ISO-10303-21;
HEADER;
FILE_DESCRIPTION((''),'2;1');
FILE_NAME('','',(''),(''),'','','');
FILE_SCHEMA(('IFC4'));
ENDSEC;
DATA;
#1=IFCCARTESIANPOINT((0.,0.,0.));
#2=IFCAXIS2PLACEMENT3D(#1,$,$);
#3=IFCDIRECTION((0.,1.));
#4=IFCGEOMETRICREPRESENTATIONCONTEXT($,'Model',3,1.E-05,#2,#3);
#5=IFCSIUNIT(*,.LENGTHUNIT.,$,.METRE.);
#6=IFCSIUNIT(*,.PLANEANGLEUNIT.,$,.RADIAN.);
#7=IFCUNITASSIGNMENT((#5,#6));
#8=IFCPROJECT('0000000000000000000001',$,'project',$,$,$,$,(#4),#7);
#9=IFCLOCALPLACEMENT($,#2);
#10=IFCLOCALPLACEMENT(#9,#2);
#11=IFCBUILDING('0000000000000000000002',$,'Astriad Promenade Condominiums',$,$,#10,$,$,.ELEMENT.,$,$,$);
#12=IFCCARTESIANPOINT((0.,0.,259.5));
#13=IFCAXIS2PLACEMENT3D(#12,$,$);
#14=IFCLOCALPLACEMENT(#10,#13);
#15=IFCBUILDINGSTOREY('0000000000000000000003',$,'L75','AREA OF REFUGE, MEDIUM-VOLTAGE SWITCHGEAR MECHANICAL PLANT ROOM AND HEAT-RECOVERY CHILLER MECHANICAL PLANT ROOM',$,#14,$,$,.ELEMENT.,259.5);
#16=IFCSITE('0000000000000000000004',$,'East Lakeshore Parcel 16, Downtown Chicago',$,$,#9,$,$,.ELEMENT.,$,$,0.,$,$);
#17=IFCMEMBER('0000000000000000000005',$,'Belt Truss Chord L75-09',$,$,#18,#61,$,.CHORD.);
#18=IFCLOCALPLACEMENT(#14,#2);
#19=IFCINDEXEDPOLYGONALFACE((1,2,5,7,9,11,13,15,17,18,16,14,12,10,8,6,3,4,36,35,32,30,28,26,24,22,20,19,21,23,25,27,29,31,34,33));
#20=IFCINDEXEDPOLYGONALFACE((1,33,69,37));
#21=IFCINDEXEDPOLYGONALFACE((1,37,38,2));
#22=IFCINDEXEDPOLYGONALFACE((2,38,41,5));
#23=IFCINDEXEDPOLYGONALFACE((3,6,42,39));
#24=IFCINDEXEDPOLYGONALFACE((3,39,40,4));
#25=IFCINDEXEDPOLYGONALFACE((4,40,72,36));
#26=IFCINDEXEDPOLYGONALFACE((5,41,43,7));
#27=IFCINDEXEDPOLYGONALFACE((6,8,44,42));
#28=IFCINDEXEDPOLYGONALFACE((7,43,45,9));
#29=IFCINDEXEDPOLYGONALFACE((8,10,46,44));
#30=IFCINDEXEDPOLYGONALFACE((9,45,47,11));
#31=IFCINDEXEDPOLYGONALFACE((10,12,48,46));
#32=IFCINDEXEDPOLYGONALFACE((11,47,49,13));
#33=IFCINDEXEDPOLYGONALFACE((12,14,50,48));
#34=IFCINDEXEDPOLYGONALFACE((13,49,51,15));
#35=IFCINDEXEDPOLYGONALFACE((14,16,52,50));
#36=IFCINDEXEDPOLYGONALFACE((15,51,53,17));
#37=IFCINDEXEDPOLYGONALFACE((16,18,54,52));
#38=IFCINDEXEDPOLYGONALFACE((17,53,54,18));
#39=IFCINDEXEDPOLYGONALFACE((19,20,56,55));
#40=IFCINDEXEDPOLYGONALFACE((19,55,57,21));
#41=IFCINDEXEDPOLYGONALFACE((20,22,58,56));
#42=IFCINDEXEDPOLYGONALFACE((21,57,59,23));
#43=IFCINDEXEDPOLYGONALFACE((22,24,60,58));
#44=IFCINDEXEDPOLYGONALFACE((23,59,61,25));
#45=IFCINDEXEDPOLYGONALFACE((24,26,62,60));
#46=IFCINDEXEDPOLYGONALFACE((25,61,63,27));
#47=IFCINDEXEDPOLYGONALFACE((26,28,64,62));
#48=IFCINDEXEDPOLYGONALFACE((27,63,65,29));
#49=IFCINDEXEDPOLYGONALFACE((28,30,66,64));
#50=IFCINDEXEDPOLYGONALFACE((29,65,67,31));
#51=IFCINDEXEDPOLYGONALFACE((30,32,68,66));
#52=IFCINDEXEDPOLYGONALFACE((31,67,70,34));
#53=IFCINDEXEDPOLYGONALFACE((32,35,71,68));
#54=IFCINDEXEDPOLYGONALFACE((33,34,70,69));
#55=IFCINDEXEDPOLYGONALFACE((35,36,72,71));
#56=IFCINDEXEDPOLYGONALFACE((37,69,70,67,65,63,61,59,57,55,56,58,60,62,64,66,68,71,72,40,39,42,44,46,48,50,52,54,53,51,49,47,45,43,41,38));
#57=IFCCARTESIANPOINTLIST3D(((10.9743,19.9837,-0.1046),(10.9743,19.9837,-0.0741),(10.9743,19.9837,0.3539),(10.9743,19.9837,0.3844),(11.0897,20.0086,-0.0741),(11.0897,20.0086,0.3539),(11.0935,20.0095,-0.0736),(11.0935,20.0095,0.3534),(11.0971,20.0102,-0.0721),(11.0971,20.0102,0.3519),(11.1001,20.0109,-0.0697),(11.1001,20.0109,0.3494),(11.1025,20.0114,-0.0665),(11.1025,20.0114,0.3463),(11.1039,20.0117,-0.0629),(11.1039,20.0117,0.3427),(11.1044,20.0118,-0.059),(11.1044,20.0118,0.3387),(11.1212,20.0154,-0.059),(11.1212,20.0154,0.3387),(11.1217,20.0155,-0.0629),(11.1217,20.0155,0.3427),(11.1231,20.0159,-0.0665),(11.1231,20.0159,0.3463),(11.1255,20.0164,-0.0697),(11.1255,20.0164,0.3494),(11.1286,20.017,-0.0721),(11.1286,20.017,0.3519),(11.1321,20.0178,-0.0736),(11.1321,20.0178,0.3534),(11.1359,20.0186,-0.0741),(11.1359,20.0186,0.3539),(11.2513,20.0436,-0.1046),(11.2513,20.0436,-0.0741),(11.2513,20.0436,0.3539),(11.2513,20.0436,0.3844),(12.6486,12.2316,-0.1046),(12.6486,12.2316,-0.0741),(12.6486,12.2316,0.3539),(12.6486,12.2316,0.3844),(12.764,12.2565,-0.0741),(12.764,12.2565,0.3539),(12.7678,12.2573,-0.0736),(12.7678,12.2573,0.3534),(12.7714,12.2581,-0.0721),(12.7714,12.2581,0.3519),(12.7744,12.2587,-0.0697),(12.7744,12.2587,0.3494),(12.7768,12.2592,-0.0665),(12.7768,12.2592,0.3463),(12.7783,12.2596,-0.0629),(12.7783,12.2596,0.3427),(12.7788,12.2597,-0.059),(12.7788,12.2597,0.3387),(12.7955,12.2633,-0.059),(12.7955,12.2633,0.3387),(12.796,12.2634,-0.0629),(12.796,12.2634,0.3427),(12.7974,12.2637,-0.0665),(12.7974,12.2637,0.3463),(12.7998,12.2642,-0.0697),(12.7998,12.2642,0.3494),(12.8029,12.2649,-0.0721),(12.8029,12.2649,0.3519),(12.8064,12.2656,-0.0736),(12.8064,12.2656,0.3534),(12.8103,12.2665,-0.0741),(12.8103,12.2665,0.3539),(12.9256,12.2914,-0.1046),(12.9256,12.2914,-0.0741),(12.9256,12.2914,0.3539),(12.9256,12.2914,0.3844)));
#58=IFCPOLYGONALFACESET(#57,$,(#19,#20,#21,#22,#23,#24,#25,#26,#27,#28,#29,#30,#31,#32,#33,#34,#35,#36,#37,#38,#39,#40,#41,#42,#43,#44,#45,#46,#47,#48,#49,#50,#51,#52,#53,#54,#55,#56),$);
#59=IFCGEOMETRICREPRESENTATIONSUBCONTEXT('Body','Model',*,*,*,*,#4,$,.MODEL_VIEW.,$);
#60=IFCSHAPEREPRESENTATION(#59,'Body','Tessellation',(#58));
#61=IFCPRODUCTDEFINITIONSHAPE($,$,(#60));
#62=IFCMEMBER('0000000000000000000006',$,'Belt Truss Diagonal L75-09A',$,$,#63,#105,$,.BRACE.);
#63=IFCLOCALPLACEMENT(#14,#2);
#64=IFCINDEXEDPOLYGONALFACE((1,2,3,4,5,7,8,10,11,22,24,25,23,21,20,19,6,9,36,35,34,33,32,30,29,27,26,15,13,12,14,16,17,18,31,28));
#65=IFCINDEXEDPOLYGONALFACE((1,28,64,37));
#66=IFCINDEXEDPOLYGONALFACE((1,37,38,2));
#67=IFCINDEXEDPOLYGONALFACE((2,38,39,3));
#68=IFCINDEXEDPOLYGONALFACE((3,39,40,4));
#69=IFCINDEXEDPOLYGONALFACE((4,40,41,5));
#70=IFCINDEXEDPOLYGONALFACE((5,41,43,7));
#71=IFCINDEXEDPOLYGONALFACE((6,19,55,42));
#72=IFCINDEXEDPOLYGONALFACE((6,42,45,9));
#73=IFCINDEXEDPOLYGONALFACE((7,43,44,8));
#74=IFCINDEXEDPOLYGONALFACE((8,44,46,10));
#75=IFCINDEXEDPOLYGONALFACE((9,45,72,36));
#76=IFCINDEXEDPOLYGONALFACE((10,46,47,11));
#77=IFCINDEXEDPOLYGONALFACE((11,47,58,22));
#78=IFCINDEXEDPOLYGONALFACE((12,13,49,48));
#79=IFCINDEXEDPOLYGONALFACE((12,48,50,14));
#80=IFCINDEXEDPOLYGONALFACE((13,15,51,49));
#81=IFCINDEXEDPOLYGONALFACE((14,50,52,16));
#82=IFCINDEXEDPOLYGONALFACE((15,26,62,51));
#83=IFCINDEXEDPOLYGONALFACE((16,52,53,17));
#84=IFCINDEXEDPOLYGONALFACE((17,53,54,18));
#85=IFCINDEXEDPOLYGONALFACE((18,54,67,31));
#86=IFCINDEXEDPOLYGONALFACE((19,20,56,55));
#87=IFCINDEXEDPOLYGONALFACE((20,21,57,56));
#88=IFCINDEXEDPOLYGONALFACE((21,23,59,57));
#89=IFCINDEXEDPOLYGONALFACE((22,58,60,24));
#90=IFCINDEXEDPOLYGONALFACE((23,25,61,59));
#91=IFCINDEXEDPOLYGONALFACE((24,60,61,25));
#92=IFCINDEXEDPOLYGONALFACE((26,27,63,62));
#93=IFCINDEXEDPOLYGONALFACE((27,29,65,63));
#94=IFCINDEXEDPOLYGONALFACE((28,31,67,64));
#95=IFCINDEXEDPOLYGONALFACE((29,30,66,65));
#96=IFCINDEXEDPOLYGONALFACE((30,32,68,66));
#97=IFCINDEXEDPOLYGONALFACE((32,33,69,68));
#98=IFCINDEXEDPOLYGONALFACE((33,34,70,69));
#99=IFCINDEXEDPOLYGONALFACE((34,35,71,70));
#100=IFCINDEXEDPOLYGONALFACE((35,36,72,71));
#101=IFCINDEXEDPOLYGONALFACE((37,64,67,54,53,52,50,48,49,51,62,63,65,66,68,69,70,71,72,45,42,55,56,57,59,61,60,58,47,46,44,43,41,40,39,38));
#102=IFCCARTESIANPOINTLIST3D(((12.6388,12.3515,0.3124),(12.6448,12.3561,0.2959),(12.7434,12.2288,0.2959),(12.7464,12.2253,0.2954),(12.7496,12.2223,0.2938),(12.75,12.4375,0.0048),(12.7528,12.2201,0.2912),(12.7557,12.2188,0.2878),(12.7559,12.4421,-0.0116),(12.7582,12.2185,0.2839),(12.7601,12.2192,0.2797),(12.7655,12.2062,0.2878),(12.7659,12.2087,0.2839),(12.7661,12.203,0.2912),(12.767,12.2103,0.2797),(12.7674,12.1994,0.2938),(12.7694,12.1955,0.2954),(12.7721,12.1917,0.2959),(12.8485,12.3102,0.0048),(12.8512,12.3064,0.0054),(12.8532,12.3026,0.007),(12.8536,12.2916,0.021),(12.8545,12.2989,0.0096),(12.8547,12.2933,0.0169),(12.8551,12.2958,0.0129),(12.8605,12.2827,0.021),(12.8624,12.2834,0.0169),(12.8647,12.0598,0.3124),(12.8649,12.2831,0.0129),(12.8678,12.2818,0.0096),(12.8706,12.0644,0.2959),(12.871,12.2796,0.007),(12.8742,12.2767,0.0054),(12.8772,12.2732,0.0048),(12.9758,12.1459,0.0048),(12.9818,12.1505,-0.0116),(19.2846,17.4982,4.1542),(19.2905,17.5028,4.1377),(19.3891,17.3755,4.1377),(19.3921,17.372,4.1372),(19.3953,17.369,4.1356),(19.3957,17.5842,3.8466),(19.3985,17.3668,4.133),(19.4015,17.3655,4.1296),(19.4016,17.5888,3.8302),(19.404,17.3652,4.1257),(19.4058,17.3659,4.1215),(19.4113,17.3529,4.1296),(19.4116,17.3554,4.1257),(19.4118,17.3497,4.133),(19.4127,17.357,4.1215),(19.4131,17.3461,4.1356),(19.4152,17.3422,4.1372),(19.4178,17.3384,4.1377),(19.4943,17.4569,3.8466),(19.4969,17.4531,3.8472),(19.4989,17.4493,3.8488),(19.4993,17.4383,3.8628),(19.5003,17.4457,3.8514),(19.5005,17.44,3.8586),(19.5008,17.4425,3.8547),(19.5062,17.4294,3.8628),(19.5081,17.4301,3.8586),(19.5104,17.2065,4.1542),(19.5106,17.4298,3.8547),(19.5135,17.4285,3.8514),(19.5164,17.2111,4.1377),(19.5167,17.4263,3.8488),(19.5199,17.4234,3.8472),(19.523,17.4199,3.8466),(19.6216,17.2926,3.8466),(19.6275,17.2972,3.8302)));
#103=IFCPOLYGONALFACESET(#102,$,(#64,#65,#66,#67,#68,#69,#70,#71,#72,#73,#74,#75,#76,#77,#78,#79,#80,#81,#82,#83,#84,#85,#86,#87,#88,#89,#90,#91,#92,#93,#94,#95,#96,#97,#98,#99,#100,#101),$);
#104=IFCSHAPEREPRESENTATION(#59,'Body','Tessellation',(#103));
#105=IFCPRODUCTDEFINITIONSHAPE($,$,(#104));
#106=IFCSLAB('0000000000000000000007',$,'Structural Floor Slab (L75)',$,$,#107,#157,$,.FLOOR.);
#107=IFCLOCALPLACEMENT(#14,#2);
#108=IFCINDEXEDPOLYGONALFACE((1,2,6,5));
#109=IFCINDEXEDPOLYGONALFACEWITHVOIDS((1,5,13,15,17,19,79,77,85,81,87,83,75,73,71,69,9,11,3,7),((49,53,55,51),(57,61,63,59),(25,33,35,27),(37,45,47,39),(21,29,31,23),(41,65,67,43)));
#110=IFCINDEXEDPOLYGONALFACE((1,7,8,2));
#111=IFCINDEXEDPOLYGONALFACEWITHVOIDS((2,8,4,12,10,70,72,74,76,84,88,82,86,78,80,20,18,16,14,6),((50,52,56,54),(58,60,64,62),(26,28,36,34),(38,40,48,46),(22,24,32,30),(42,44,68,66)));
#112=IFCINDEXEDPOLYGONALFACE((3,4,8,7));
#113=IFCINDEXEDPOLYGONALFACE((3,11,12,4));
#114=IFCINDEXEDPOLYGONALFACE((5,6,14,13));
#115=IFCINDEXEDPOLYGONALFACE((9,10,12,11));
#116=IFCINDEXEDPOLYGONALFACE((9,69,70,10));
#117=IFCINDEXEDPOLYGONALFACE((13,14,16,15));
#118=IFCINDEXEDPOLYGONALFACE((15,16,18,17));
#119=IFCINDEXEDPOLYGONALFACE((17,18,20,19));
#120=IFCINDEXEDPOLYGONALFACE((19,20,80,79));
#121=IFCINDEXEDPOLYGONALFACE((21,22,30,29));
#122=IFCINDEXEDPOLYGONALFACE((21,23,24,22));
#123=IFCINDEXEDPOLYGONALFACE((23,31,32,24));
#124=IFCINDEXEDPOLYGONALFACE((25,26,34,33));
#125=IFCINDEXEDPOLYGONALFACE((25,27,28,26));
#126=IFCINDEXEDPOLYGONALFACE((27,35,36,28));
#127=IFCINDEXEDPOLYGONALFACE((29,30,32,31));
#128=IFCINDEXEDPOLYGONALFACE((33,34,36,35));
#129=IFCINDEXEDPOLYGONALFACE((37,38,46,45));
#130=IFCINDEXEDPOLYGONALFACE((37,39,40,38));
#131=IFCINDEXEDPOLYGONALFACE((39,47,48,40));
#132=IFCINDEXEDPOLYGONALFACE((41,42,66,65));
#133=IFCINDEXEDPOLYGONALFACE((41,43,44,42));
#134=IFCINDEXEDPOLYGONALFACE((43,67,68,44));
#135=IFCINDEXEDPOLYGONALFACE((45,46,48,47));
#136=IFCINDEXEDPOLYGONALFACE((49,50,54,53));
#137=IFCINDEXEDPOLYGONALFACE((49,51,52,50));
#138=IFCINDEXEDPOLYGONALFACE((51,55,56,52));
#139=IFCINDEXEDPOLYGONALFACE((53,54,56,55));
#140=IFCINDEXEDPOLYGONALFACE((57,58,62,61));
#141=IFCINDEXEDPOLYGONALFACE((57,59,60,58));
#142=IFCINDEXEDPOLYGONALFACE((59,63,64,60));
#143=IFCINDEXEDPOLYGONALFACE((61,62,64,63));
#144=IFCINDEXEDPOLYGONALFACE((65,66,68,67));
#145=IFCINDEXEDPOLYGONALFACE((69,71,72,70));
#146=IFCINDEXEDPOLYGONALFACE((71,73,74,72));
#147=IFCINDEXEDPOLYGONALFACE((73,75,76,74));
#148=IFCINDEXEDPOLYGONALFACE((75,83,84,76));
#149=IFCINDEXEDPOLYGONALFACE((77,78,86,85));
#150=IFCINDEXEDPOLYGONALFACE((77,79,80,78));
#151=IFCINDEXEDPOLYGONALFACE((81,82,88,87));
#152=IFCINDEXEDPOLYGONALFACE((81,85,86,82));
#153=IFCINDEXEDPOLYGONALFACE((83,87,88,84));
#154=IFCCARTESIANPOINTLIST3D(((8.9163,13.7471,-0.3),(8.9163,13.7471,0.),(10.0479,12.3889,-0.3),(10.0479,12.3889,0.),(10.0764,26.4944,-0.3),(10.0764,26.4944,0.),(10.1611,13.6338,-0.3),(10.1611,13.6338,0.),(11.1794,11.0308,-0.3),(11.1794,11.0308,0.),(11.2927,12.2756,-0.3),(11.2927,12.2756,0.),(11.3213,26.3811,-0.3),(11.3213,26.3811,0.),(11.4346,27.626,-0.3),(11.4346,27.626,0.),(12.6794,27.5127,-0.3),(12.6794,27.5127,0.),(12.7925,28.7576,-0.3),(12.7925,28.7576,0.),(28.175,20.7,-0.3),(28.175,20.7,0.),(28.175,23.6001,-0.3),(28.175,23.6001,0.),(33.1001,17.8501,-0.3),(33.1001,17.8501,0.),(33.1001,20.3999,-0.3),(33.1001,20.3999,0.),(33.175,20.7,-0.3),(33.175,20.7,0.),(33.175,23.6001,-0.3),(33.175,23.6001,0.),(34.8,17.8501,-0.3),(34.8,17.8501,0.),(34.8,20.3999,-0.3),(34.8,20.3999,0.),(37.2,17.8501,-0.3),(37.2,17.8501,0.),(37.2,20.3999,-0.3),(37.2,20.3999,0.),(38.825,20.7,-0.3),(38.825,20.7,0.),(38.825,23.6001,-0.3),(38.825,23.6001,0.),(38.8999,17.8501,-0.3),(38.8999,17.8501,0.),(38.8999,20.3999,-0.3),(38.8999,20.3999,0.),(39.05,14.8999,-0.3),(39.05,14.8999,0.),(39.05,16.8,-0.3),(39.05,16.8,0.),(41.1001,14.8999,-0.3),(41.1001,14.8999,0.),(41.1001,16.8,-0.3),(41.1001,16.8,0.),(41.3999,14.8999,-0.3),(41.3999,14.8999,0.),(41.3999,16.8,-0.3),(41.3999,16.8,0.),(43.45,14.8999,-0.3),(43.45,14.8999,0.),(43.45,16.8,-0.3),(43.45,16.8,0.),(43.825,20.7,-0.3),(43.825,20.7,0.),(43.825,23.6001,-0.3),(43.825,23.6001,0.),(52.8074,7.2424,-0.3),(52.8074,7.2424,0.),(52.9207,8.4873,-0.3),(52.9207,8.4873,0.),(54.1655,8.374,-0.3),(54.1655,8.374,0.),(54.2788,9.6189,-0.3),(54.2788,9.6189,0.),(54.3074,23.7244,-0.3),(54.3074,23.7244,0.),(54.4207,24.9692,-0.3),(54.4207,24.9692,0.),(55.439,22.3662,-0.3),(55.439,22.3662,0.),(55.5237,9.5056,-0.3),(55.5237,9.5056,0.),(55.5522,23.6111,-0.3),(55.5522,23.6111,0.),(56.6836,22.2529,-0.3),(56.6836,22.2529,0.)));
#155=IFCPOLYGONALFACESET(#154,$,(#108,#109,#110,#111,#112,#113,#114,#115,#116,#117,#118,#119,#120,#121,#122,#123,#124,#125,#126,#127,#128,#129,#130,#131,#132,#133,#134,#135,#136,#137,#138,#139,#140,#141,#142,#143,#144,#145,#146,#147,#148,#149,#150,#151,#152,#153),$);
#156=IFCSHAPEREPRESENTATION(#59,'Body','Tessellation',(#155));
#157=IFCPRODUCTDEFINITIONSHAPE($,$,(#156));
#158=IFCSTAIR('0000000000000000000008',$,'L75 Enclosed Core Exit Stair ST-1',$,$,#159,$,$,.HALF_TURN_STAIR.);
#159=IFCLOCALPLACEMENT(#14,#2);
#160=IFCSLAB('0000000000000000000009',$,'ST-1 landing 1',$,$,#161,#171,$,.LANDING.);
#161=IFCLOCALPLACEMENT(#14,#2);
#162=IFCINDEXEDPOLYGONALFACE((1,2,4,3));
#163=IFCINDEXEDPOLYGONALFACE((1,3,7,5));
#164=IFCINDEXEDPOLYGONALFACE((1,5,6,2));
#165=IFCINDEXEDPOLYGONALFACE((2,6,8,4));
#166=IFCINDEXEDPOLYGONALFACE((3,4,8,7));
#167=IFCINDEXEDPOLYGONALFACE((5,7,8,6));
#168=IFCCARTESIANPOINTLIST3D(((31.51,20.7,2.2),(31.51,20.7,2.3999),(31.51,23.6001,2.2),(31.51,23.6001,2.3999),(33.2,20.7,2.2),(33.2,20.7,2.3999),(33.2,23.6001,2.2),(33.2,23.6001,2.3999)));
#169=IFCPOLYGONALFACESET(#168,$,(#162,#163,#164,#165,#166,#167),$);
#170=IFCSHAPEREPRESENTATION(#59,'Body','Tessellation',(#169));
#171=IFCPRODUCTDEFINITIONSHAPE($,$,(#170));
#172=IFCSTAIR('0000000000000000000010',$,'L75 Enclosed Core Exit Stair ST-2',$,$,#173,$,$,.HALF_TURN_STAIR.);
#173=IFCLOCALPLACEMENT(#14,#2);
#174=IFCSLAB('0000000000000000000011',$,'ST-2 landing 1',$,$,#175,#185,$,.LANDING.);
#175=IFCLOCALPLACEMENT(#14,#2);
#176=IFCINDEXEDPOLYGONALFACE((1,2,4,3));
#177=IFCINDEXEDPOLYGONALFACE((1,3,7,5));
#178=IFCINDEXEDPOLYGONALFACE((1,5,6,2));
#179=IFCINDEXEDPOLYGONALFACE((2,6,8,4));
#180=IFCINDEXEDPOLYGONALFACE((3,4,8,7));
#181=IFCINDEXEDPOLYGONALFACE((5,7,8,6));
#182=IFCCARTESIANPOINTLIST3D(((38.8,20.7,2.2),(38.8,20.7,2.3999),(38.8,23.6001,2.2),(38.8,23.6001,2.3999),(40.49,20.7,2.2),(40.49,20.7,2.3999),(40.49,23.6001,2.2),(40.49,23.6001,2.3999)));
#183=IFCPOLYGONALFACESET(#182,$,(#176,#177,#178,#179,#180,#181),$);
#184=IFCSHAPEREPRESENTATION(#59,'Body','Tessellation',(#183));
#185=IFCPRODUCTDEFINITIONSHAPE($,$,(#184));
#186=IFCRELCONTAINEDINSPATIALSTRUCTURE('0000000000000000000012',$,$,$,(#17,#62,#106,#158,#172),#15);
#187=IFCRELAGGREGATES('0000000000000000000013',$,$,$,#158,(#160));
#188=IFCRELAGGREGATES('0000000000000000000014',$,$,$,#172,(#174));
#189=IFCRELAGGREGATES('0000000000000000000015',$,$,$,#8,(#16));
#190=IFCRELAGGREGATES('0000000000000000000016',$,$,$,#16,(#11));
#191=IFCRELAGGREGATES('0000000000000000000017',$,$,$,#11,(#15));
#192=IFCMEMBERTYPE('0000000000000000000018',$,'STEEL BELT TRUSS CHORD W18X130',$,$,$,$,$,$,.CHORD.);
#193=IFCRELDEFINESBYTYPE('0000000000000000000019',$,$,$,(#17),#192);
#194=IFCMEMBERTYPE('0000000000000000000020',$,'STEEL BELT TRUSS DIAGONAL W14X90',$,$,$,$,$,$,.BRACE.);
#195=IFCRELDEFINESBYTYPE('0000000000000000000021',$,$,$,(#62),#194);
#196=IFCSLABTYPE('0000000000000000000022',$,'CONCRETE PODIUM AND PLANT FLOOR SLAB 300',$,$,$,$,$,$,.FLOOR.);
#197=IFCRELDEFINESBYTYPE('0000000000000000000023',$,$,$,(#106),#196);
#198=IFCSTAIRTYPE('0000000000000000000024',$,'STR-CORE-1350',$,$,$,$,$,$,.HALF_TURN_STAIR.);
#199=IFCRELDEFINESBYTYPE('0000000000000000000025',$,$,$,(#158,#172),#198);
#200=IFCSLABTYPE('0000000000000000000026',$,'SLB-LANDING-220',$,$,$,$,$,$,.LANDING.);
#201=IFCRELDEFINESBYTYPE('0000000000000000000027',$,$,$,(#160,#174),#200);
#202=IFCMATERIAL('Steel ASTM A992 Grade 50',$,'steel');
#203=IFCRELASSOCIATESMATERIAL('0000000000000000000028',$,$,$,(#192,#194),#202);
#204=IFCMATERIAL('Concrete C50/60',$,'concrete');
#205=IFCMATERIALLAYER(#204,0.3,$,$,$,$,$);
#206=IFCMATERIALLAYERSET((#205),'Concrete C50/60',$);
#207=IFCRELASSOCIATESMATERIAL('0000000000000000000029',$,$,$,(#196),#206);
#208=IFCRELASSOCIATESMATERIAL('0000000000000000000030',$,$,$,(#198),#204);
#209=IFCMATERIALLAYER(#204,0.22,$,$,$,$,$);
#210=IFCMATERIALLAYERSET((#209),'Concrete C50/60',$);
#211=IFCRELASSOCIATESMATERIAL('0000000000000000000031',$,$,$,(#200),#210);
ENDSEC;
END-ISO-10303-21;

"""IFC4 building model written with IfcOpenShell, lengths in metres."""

from ifc_helpers import new_model, si_unit, direction, frame, origin, origin_2d, place, context, subcontext, project, spatial, polyline, i_section, outline, extrude, source, transform, mapped, material, layer, layer_set, material_profile, profile_set, type_object, element, aggregate, save


model = new_model("IFC4")

# Units and contexts
model_context = context("Model", 3, precision=1e-05, world=origin(), true_north=direction((0.0, 1.0)))
body_context = subcontext(model_context, "Body", "Model", "MODEL_VIEW")
ifc_project = project(units=[si_unit("LENGTHUNIT", "METRE"), si_unit("PLANEANGLEUNIT", "RADIAN")], contexts=[model_context])

# Site, building, storey
site_placement = place(None, origin())
site = spatial("IfcSite", under=ifc_project, at=site_placement, Name="East Lakeshore Parcel 16, Downtown Chicago", CompositionType="ELEMENT", RefElevation=0.0)
building_placement = place(site_placement, origin())
building = spatial("IfcBuilding", under=site, at=building_placement, Name="Astriad Promenade Condominiums", CompositionType="ELEMENT")
storey_placement = place(building_placement, frame((0.0, 0.0, 259.5)))
storey = spatial("IfcBuildingStorey", under=building, at=storey_placement, Name="L75", Description="AREA OF REFUGE, MEDIUM-VOLTAGE SWITCHGEAR MECHANICAL PLANT ROOM AND HEAT-RECOVERY CHILLER MECHANICAL PLANT ROOM", CompositionType="ELEMENT", Elevation=259.5)

# Shared definitions
ifc_material_1 = material(Name="Steel ASTM A992 Grade 50", Category="steel")

# Members
ifc_material_profile_1 = material_profile(ifc_material_1, i_section(OverallWidth=0.2834, OverallDepth=0.489, WebThickness=0.0171, FlangeThickness=0.0305, FilletRadius=0.0151, at=origin_2d()), Name="W18X130")
ifc_profile_set_1 = profile_set([ifc_material_profile_1], Name="Steel ASTM A992 Grade 50")
member_type_1 = type_object("IfcMemberType", Name="STEEL BELT TRUSS CHORD W18X130", PredefinedType="CHORD", material=ifc_profile_set_1)
ifc_material_profile_2 = material_profile(ifc_material_1, i_section(OverallWidth=0.3689, OverallDepth=0.3562, WebThickness=0.0112, FlangeThickness=0.0181, FilletRadius=0.0178, at=origin_2d()), Name="W14X90")
ifc_profile_set_2 = profile_set([ifc_material_profile_2], Name="Steel ASTM A992 Grade 50")
member_type_2 = type_object("IfcMemberType", Name="STEEL BELT TRUSS DIAGONAL W14X90", PredefinedType="BRACE", material=ifc_profile_set_2)
shared_shape_1 = source(origin(), body_context, "Body", "SweptSolid", [
    extrude(i_section(OverallWidth=0.2834, OverallDepth=0.489, WebThickness=0.0171, FlangeThickness=0.0305, FilletRadius=0.0151, at=origin_2d()), origin(), (0.0, 0.0, 1.0), 7.9309),
])
member_1_placement = place(storey_placement, frame((12.7871, 12.2615, 0.1399), z_axis=(-0.211112, 0.977462, 0.0), x_axis=(-0.977462, -0.211112, 0.0)))
element("IfcMember", 1, at=member_1_placement, inside=storey, type_object=member_type_1, Name="Belt Truss Chord L75-09", PredefinedType="CHORD", context=body_context, shape_type="MappedRepresentation", body=[
    mapped(shared_shape_1, transform((0.0, 0.0, 0.0), scale=1.0)),
])
shared_shape_2 = source(origin(), body_context, "Body", "SweptSolid", [
    extrude(i_section(OverallWidth=0.3689, OverallDepth=0.3562, WebThickness=0.0112, FlangeThickness=0.0181, FilletRadius=0.0178, at=origin_2d()), origin(), (0.0, 0.0, 1.0), 9.2419),
])
member_2_placement = place(storey_placement, frame((12.8103, 12.251, 0.1504), z_axis=(0.719083, 0.556886, 0.41569), x_axis=(-0.612294, 0.79063, 0.0)))
element("IfcMember", 2, at=member_2_placement, inside=storey, type_object=member_type_2, Name="Belt Truss Diagonal L75-09A", PredefinedType="BRACE", context=body_context, shape_type="MappedRepresentation", body=[
    mapped(shared_shape_2, transform((0.0, 0.0, 0.0), scale=1.0)),
])

# Slab
ifc_material_2 = material(Name="Concrete C50/60", Category="concrete")
ifc_layer_1 = layer(ifc_material_2, 0.3)
ifc_layer_set_1 = layer_set([ifc_layer_1], Name="Concrete C50/60")
slab_type_1 = type_object("IfcSlabType", Name="CONCRETE PODIUM AND PLANT FLOOR SLAB 300", PredefinedType="FLOOR", material=ifc_layer_set_1)
slab_1_placement = place(storey_placement, frame((0.0, 0.0, -0.3)))
element("IfcSlab", 3, at=slab_1_placement, inside=storey, type_object=slab_type_1, Name="Structural Floor Slab (L75)", PredefinedType="FLOOR", context=body_context, shape_type="SweptSolid", body=[
    extrude(outline(polyline([(11.1794, 11.0308), (52.8074, 7.2424), (52.9207, 8.4873), (54.1655, 8.374), (54.2788, 9.6189), (55.5237, 9.5056), (56.6836, 22.2529), (55.439, 22.3662), (55.5522, 23.6111), (54.3074, 23.7244), (54.4207, 24.9692), (12.7925, 28.7576), (12.6794, 27.5127), (11.4346, 27.626), (11.3213, 26.3811), (10.0764, 26.4944), (8.9163, 13.7471), (10.1611, 13.6338), (10.0479, 12.3889), (11.2927, 12.2756), (11.1794, 11.0308)]), holes=[polyline([(28.175, 20.7), (33.175, 20.7), (33.175, 23.6001), (28.175, 23.6001), (28.175, 20.7)]), polyline([(38.825, 20.7), (43.825, 20.7), (43.825, 23.6001), (38.825, 23.6001), (38.825, 20.7)]), polyline([(33.1001, 17.8501), (34.8, 17.8501), (34.8, 20.3999), (33.1001, 20.3999), (33.1001, 17.8501)]), polyline([(37.2, 17.8501), (38.8999, 17.8501), (38.8999, 20.3999), (37.2, 20.3999), (37.2, 17.8501)]), polyline([(39.05, 14.8999), (41.1001, 14.8999), (41.1001, 16.8), (39.05, 16.8), (39.05, 14.8999)]), polyline([(41.3999, 14.8999), (43.45, 14.8999), (43.45, 16.8), (41.3999, 16.8), (41.3999, 14.8999)])]), origin(), (0.0, 0.0, 1.0), 0.3),
])

# Stairs, slabs
stair_type = type_object("IfcStairType", Name="STR-CORE-1350", PredefinedType="HALF_TURN_STAIR", material=ifc_material_2)
stair_1_placement = place(storey_placement, origin())
stair_1 = element("IfcStair", 4, at=stair_1_placement, inside=storey, type_object=stair_type, Name="L75 Enclosed Core Exit Stair ST-1", PredefinedType="HALF_TURN_STAIR")
ifc_layer_2 = layer(ifc_material_2, 0.22)
ifc_layer_set_2 = layer_set([ifc_layer_2], Name="Concrete C50/60")
slab_type_2 = type_object("IfcSlabType", Name="SLB-LANDING-220", PredefinedType="LANDING", material=ifc_layer_set_2)
slab_2_placement = place(storey_placement, frame((0.0, 0.0, 2.2)))
slab_2 = element("IfcSlab", 5, at=slab_2_placement, type_object=slab_type_2, Name="ST-1 landing 1", PredefinedType="LANDING", context=body_context, shape_type="SweptSolid", body=[
    extrude(outline(polyline([(31.51, 20.7), (33.2, 20.7), (33.2, 23.6001), (31.51, 23.6001), (31.51, 20.7)])), origin(), (0.0, 0.0, 1.0), 0.2),
])
aggregate(stair_1, [slab_2])
stair_2_placement = place(storey_placement, origin())
stair_2 = element("IfcStair", 6, at=stair_2_placement, inside=storey, type_object=stair_type, Name="L75 Enclosed Core Exit Stair ST-2", PredefinedType="HALF_TURN_STAIR")
slab_3_placement = place(storey_placement, frame((0.0, 0.0, 2.2)))
slab_3 = element("IfcSlab", 7, at=slab_3_placement, type_object=slab_type_2, Name="ST-2 landing 1", PredefinedType="LANDING", context=body_context, shape_type="SweptSolid", body=[
    extrude(outline(polyline([(40.49, 23.6001), (38.8, 23.6001), (38.8, 20.7), (40.49, 20.7), (40.49, 23.6001)])), origin(), (0.0, 0.0, 1.0), 0.2),
])
aggregate(stair_2, [slab_3])

save(model, "model.ifc")
